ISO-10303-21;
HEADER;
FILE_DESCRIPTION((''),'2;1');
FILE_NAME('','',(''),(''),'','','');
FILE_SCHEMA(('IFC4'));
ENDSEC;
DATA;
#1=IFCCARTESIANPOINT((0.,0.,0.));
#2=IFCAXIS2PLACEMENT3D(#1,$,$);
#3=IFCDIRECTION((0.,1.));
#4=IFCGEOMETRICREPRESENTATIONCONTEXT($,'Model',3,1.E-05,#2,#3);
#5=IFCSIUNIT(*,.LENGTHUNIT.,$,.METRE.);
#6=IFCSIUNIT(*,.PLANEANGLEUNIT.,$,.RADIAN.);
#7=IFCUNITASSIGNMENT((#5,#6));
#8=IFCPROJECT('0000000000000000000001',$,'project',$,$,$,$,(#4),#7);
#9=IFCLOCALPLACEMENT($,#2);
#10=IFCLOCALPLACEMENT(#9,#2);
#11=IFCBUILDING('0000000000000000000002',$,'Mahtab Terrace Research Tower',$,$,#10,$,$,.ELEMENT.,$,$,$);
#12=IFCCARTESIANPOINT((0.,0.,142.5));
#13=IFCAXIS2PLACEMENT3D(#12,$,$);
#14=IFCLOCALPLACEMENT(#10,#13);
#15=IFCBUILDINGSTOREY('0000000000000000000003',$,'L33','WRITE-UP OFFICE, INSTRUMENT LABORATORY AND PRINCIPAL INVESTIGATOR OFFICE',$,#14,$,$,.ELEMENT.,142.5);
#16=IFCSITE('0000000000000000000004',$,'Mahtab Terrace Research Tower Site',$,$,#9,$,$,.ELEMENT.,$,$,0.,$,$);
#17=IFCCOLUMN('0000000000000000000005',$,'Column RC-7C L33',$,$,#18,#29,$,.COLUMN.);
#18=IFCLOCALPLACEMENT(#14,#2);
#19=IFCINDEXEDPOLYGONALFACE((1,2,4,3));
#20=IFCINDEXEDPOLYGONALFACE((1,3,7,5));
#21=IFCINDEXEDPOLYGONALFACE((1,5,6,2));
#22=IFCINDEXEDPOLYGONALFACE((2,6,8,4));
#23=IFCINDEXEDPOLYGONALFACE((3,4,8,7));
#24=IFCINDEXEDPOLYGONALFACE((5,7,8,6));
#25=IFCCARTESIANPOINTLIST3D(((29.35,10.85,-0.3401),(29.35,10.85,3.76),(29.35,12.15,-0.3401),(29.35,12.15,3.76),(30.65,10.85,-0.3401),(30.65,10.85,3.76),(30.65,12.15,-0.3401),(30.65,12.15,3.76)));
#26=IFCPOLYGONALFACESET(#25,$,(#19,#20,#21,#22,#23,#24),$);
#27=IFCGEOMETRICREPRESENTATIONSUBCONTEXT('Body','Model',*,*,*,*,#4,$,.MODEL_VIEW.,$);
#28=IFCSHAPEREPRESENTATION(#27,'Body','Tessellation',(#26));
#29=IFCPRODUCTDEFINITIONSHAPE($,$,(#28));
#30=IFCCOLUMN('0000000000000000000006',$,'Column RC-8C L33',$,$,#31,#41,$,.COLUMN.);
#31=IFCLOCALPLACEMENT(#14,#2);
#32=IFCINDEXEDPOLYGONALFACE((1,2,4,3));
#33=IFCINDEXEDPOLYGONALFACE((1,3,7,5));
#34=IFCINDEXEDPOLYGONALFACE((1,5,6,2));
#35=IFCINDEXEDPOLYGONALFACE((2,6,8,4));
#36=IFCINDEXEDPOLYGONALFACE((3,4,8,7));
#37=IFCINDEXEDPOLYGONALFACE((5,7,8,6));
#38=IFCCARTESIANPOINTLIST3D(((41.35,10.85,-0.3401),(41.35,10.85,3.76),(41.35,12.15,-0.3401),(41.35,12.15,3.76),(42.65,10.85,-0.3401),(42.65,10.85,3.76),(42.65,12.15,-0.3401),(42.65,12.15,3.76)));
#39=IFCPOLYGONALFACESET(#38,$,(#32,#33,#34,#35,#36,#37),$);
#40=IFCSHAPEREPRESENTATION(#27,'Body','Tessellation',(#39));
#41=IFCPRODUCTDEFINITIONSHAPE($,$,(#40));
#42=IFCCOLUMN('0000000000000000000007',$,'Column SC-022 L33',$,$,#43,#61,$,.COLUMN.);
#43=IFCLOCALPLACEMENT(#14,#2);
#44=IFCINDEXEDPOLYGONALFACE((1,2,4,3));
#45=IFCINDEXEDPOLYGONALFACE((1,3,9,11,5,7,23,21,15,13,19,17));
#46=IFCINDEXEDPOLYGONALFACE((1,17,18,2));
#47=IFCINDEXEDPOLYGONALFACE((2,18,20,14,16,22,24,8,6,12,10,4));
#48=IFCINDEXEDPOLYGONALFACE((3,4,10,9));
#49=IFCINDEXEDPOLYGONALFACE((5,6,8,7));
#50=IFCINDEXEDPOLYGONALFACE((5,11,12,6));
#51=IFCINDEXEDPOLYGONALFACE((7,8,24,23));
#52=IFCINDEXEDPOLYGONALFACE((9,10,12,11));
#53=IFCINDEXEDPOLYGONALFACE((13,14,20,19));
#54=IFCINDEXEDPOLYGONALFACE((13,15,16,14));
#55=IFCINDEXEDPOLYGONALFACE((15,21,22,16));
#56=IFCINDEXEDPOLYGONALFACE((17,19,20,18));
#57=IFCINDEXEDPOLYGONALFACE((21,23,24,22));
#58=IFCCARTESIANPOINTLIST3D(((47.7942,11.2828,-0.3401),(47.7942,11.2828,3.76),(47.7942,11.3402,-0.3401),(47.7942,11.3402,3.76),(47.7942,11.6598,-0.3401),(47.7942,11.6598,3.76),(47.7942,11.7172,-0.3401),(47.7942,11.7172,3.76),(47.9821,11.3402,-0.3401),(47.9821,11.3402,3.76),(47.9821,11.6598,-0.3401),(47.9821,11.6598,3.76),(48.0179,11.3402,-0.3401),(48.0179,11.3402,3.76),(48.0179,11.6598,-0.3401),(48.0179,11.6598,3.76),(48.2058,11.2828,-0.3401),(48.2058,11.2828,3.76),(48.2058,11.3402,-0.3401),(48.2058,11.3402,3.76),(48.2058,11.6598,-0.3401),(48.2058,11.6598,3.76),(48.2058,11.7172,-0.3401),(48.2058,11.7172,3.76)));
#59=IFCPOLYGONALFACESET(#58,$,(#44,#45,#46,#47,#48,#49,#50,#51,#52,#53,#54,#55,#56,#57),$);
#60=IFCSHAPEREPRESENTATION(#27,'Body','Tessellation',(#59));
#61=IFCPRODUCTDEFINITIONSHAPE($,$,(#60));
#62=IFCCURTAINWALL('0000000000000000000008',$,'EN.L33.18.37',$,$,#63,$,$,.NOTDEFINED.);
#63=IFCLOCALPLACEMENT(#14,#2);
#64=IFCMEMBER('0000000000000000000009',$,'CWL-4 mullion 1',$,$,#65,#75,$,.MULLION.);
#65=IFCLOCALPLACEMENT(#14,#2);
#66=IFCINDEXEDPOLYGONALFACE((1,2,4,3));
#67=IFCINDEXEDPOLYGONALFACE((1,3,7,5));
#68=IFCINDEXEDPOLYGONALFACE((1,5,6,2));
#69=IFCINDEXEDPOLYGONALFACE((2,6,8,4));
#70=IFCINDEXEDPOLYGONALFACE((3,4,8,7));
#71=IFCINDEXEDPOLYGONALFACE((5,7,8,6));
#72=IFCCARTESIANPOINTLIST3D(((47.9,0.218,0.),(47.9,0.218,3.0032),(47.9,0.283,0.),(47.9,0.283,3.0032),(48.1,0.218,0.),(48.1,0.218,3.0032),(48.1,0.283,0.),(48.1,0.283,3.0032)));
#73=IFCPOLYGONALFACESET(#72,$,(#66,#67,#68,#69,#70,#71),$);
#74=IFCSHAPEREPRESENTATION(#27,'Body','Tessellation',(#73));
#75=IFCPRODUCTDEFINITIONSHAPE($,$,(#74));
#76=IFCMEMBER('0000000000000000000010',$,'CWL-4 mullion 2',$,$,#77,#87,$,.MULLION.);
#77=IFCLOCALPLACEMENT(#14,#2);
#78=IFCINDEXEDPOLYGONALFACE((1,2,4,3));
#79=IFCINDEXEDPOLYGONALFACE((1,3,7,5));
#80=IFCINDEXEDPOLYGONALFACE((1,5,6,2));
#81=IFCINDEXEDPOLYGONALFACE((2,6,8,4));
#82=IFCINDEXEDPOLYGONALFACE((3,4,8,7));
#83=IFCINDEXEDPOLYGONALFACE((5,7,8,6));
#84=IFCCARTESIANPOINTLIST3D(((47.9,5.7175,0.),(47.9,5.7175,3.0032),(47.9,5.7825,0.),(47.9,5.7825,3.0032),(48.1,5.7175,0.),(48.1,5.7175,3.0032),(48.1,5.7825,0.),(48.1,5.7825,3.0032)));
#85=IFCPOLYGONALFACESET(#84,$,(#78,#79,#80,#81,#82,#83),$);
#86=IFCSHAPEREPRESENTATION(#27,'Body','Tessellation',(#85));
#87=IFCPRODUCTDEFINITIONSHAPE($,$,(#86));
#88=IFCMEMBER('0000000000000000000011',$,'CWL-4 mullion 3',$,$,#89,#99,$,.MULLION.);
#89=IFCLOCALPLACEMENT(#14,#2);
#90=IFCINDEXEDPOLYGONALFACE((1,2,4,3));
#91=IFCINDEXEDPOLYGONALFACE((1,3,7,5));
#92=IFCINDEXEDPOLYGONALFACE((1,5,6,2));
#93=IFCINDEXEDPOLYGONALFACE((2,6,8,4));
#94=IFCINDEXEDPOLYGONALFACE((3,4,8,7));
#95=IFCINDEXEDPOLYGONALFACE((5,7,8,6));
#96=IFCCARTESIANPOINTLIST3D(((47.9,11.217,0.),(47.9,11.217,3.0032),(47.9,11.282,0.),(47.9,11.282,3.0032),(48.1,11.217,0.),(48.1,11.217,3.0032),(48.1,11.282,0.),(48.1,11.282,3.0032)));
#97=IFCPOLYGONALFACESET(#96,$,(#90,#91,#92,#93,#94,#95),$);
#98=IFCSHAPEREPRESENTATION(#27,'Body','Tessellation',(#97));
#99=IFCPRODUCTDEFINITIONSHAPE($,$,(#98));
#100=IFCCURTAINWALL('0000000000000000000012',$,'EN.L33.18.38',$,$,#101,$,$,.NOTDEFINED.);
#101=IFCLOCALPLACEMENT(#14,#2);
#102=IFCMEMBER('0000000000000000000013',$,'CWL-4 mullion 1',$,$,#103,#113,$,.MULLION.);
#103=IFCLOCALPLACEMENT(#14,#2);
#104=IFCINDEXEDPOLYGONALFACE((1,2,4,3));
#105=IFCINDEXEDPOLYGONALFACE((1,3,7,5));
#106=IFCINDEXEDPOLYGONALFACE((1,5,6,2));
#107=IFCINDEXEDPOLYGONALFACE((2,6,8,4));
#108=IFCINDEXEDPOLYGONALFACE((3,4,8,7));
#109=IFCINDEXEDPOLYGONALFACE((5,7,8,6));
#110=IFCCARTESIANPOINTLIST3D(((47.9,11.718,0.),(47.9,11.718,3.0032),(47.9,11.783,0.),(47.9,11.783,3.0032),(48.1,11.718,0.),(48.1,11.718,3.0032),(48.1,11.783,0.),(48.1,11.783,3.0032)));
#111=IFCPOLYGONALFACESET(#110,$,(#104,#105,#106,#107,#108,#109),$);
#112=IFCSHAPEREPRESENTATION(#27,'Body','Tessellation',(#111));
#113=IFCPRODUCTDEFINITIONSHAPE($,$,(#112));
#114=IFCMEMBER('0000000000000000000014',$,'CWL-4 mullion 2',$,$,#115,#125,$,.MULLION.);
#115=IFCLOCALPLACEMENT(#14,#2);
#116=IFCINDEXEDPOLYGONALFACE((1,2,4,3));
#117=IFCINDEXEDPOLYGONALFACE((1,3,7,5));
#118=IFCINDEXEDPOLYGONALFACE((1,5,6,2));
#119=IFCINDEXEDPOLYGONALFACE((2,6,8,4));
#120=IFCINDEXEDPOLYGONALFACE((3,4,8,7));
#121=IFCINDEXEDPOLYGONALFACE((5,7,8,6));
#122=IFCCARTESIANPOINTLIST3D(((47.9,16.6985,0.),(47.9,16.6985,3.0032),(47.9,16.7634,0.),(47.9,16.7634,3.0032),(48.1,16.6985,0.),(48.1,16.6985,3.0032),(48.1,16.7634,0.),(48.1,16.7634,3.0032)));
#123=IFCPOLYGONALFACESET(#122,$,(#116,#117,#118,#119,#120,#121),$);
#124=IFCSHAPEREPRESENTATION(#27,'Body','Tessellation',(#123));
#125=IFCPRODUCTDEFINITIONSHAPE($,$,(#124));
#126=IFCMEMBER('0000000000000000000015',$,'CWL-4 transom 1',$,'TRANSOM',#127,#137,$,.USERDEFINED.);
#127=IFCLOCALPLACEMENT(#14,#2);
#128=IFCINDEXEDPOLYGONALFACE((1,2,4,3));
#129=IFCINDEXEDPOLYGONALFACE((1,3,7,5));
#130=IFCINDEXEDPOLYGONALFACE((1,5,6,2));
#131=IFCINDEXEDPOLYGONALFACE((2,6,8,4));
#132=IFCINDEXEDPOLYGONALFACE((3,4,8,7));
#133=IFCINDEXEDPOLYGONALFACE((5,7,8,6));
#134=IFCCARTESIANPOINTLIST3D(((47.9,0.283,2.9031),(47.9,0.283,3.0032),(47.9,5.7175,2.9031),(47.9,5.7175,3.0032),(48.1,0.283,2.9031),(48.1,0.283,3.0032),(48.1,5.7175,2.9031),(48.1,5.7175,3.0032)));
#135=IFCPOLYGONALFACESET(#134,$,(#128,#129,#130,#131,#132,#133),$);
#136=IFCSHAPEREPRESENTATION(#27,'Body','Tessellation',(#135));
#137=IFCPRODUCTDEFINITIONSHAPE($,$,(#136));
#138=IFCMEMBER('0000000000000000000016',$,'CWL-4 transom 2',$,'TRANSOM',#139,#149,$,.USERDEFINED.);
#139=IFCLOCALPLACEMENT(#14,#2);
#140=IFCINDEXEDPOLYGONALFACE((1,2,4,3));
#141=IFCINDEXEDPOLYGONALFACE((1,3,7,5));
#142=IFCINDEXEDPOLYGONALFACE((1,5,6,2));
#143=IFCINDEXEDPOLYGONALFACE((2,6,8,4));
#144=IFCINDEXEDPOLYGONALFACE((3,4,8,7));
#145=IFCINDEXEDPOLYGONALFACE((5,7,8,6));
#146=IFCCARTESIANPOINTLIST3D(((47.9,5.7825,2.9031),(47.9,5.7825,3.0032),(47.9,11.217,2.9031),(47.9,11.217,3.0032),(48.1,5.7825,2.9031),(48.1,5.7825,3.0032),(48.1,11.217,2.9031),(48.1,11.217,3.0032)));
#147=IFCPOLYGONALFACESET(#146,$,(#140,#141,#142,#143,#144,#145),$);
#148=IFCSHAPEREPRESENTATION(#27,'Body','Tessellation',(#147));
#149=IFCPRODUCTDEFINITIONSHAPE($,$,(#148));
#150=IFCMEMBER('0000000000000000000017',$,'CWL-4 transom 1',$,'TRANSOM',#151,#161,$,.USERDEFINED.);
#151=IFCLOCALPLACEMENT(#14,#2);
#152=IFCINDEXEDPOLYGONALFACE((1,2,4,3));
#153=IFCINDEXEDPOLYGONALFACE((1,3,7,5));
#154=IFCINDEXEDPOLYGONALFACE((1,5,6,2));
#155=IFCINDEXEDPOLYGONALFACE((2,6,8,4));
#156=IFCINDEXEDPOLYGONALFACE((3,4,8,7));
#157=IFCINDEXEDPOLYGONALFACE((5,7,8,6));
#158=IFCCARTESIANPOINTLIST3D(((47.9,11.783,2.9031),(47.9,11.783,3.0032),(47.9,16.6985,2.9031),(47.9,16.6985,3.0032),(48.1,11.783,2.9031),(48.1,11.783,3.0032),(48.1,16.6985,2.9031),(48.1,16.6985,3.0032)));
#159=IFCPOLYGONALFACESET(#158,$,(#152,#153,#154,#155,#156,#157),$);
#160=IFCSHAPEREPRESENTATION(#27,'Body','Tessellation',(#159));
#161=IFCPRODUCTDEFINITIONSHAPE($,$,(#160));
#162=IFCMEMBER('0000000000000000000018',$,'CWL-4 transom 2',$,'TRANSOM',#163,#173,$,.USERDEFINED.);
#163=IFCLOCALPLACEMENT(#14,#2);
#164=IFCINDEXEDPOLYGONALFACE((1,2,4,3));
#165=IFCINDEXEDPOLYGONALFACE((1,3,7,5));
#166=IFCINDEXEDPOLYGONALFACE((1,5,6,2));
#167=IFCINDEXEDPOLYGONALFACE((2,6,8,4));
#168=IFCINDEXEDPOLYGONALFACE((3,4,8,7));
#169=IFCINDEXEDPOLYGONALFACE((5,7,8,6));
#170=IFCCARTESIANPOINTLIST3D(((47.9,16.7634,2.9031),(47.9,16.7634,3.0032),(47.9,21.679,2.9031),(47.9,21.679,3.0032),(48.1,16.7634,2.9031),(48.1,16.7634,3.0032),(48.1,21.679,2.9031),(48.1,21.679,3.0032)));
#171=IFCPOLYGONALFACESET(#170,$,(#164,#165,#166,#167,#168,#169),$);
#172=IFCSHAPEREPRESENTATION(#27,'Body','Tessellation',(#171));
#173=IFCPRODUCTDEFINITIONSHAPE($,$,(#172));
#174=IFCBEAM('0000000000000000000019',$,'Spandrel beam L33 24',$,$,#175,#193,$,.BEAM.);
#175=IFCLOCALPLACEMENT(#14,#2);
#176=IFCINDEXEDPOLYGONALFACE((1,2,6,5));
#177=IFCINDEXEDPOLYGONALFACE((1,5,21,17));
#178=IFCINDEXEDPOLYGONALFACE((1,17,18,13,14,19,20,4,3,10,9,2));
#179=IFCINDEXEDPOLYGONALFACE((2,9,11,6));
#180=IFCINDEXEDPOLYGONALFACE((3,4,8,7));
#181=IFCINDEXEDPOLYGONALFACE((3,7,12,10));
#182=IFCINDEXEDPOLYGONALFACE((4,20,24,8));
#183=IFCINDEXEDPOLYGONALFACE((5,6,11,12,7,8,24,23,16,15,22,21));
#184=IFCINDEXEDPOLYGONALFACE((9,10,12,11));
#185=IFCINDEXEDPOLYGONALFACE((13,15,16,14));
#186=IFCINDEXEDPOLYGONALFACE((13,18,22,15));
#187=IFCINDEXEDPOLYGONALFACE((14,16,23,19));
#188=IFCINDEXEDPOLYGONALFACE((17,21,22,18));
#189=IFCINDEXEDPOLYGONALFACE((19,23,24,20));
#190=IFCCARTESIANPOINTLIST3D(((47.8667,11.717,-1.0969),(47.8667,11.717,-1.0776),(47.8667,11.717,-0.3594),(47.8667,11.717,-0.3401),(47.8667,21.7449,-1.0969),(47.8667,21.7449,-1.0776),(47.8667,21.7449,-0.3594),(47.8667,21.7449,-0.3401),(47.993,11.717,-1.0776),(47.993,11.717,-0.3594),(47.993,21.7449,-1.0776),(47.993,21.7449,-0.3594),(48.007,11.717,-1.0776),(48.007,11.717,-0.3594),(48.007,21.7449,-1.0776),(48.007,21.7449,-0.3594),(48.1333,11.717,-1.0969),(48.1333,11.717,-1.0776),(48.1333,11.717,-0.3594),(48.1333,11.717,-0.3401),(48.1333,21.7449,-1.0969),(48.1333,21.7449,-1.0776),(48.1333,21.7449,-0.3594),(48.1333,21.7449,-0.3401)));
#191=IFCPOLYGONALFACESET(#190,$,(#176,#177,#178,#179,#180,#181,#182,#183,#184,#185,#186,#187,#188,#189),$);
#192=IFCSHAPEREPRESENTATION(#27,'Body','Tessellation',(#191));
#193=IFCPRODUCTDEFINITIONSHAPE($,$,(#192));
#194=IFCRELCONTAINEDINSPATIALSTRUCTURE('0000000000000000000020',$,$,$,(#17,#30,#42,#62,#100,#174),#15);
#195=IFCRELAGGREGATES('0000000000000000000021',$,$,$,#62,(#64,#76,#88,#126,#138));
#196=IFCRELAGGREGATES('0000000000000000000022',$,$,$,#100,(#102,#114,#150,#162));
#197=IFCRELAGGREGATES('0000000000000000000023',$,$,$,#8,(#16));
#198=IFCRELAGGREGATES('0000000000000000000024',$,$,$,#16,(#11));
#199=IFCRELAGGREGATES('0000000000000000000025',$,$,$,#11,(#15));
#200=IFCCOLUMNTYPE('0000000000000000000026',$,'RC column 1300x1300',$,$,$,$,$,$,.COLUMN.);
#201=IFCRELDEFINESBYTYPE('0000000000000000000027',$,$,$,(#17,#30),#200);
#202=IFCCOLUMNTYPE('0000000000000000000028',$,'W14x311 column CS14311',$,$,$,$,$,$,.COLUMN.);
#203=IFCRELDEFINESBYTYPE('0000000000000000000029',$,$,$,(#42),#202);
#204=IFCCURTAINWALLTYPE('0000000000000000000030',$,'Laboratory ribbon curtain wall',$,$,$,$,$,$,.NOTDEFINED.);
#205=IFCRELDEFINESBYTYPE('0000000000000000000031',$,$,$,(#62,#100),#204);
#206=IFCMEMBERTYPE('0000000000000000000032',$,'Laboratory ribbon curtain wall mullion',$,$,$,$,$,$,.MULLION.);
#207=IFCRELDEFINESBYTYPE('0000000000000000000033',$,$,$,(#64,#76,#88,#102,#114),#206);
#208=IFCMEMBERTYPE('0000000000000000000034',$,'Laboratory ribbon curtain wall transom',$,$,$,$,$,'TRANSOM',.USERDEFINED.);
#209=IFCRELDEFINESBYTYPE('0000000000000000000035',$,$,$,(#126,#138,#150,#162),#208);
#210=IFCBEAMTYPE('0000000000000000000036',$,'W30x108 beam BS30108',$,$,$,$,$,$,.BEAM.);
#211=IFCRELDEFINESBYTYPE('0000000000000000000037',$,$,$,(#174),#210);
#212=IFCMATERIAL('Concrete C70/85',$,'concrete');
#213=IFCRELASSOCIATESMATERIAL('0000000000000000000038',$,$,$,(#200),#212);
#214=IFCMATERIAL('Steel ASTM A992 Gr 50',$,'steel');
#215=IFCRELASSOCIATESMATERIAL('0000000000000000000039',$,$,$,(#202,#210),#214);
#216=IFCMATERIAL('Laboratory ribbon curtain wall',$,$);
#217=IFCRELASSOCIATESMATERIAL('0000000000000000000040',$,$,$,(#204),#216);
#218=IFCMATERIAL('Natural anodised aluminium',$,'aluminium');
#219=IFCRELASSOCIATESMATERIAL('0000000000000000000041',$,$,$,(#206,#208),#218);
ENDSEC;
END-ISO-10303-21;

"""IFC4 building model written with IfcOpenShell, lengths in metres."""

from ifc_helpers import new_model, si_unit, direction, frame, origin, origin_2d, place, context, subcontext, project, spatial, rectangle, i_section, extrude, material, material_profile, profile_set, type_object, element, aggregate, save


model = new_model("IFC4")

# Units and contexts
model_context = context("Model", 3, precision=1e-05, world=origin(), true_north=direction((0.0, 1.0)))
body_context = subcontext(model_context, "Body", "Model", "MODEL_VIEW")
ifc_project = project(units=[si_unit("LENGTHUNIT", "METRE"), si_unit("PLANEANGLEUNIT", "RADIAN")], contexts=[model_context])

# Site, building, storey
site_placement = place(None, origin())
site = spatial("IfcSite", under=ifc_project, at=site_placement, Name="Mahtab Terrace Research Tower Site", CompositionType="ELEMENT", RefElevation=0.0)
building_placement = place(site_placement, origin())
building = spatial("IfcBuilding", under=site, at=building_placement, Name="Mahtab Terrace Research Tower", CompositionType="ELEMENT")
storey_placement = place(building_placement, frame((0.0, 0.0, 142.5)))
storey = spatial("IfcBuildingStorey", under=building, at=storey_placement, Name="L33", Description="WRITE-UP OFFICE, INSTRUMENT LABORATORY AND PRINCIPAL INVESTIGATOR OFFICE", CompositionType="ELEMENT", Elevation=142.5)

# Columns
ifc_material_1 = material(Name="Concrete C70/85", Category="concrete")
ifc_material_profile_1 = material_profile(ifc_material_1, rectangle(XDim=1.3, YDim=1.3, at=origin_2d()), Name="RC column 1300x1300")
ifc_profile_set_1 = profile_set([ifc_material_profile_1], Name="Concrete C70/85")
column_type_1 = type_object("IfcColumnType", Name="RC column 1300x1300", PredefinedType="COLUMN", material=ifc_profile_set_1)
for number, where, z_axis, x_axis, name in (
    (1, (30.0, 11.5, -0.3401), (0.0, 0.0, 1.0), (1.0, 0.0, 0.0), "Column RC-7C L33"),
    (2, (42.0, 11.5, -0.3401), (0.0, 0.0, 1.0), (1.0, 0.0, 0.0), "Column RC-8C L33"),
):
    element("IfcColumn", number, at=place(storey_placement, frame(where, z_axis=z_axis, x_axis=x_axis)), inside=storey, type_object=column_type_1, Name=name, PredefinedType="COLUMN", context=body_context, shape_type="SweptSolid", body=[
        extrude(rectangle(XDim=1.3, YDim=1.3, at=origin_2d()), origin(), (0.0, 0.0, 1.0), 4.1001),
    ])
ifc_material_2 = material(Name="Steel ASTM A992 Gr 50", Category="steel")
ifc_material_profile_2 = material_profile(ifc_material_2, i_section(OverallWidth=0.4116, OverallDepth=0.4343, WebThickness=0.0359, FlangeThickness=0.0574, at=origin_2d()), Name="W14X311")
ifc_profile_set_2 = profile_set([ifc_material_profile_2], Name="Steel ASTM A992 Gr 50")
column_type_2 = type_object("IfcColumnType", Name="W14x311 column CS14311", PredefinedType="COLUMN", material=ifc_profile_set_2)
column_placement = place(storey_placement, frame((48.0, 11.5, -0.3401), z_axis=(0.0, 0.0, 1.0), x_axis=(1.0, 0.0, 0.0)))
element("IfcColumn", 3, at=column_placement, inside=storey, type_object=column_type_2, Name="Column SC-022 L33", PredefinedType="COLUMN", context=body_context, shape_type="SweptSolid", body=[
    extrude(i_section(OverallWidth=0.4116, OverallDepth=0.4343, WebThickness=0.0359, FlangeThickness=0.0574, at=origin_2d()), origin(), (0.0, 0.0, 1.0), 4.1001),
])

# Curtain walls, members
ifc_material_3 = material(Name="Laboratory ribbon curtain wall")
curtain_wall_type = type_object("IfcCurtainWallType", Name="Laboratory ribbon curtain wall", PredefinedType="NOTDEFINED", material=ifc_material_3)
curtain_wall_1_placement = place(storey_placement, origin())
curtain_wall_1 = element("IfcCurtainWall", 4, at=curtain_wall_1_placement, inside=storey, type_object=curtain_wall_type, Name="EN.L33.18.37", PredefinedType="NOTDEFINED")
ifc_material_4 = material(Name="Natural anodised aluminium", Category="aluminium")
ifc_material_profile_3 = material_profile(ifc_material_4, rectangle(XDim=0.2, YDim=0.0649, at=origin_2d()), Name="MULLION 65x200")
ifc_profile_set_3 = profile_set([ifc_material_profile_3], Name="Natural anodised aluminium")
member_type_1 = type_object("IfcMemberType", Name="Laboratory ribbon curtain wall mullion", PredefinedType="MULLION", material=ifc_profile_set_3)
member_1_placement = place(storey_placement, frame((48.0, 0.2505, 0.0), z_axis=(0.0, 0.0, 1.0), x_axis=(-1.0, 0.0, 0.0)))
member_1 = element("IfcMember", 5, at=member_1_placement, type_object=member_type_1, Name="CWL-4 mullion 1", PredefinedType="MULLION", context=body_context, shape_type="SweptSolid", body=[
    extrude(rectangle(XDim=0.2, YDim=0.0649, at=origin_2d()), origin(), (0.0, 0.0, 1.0), 3.0032),
])
member_2_placement = place(storey_placement, frame((48.0, 5.75, 0.0), z_axis=(0.0, 0.0, 1.0), x_axis=(-1.0, 0.0, 0.0)))
member_2 = element("IfcMember", 6, at=member_2_placement, type_object=member_type_1, Name="CWL-4 mullion 2", PredefinedType="MULLION", context=body_context, shape_type="SweptSolid", body=[
    extrude(rectangle(XDim=0.2, YDim=0.0649, at=origin_2d()), origin(), (0.0, 0.0, 1.0), 3.0032),
])
member_3_placement = place(storey_placement, frame((48.0, 11.2495, 0.0), z_axis=(0.0, 0.0, 1.0), x_axis=(-1.0, 0.0, 0.0)))
member_3 = element("IfcMember", 7, at=member_3_placement, type_object=member_type_1, Name="CWL-4 mullion 3", PredefinedType="MULLION", context=body_context, shape_type="SweptSolid", body=[
    extrude(rectangle(XDim=0.2, YDim=0.0649, at=origin_2d()), origin(), (0.0, 0.0, 1.0), 3.0032),
])
curtain_wall_2_placement = place(storey_placement, origin())
curtain_wall_2 = element("IfcCurtainWall", 8, at=curtain_wall_2_placement, inside=storey, type_object=curtain_wall_type, Name="EN.L33.18.38", PredefinedType="NOTDEFINED")
member_4_placement = place(storey_placement, frame((48.0, 11.7505, 0.0), z_axis=(0.0, 0.0, 1.0), x_axis=(-1.0, 0.0, 0.0)))
member_4 = element("IfcMember", 9, at=member_4_placement, type_object=member_type_1, Name="CWL-4 mullion 1", PredefinedType="MULLION", context=body_context, shape_type="SweptSolid", body=[
    extrude(rectangle(XDim=0.2, YDim=0.0649, at=origin_2d()), origin(), (0.0, 0.0, 1.0), 3.0032),
])
member_5_placement = place(storey_placement, frame((48.0, 16.731, 0.0), z_axis=(0.0, 0.0, 1.0), x_axis=(-1.0, 0.0, 0.0)))
member_5 = element("IfcMember", 10, at=member_5_placement, type_object=member_type_1, Name="CWL-4 mullion 2", PredefinedType="MULLION", context=body_context, shape_type="SweptSolid", body=[
    extrude(rectangle(XDim=0.2, YDim=0.0649, at=origin_2d()), origin(), (0.0, 0.0, 1.0), 3.0032),
])

# Members
ifc_material_profile_4 = material_profile(ifc_material_4, rectangle(XDim=0.2, YDim=0.1001, at=origin_2d()), Name="TRANSOM 100x200")
ifc_profile_set_4 = profile_set([ifc_material_profile_4], Name="Natural anodised aluminium")
member_type_2 = type_object("IfcMemberType", Name="Laboratory ribbon curtain wall transom", ElementType="TRANSOM", PredefinedType="USERDEFINED", material=ifc_profile_set_4)
member_6_placement = place(storey_placement, frame((48.0, 0.283, 2.9531), z_axis=(0.0, 1.0, 0.0), x_axis=(-1.0, 0.0, 0.0)))
member_6 = element("IfcMember", 11, at=member_6_placement, type_object=member_type_2, Name="CWL-4 transom 1", ObjectType="TRANSOM", PredefinedType="USERDEFINED", context=body_context, shape_type="SweptSolid", body=[
    extrude(rectangle(XDim=0.2, YDim=0.1001, at=origin_2d()), origin(), (0.0, 0.0, 1.0), 5.4346),
])
member_7_placement = place(storey_placement, frame((48.0, 5.7825, 2.9531), z_axis=(0.0, 1.0, 0.0), x_axis=(-1.0, 0.0, 0.0)))
member_7 = element("IfcMember", 12, at=member_7_placement, type_object=member_type_2, Name="CWL-4 transom 2", ObjectType="TRANSOM", PredefinedType="USERDEFINED", context=body_context, shape_type="SweptSolid", body=[
    extrude(rectangle(XDim=0.2, YDim=0.1001, at=origin_2d()), origin(), (0.0, 0.0, 1.0), 5.4346),
])
member_8_placement = place(storey_placement, frame((48.0, 11.783, 2.9531), z_axis=(0.0, 1.0, 0.0), x_axis=(-1.0, 0.0, 0.0)))
member_8 = element("IfcMember", 13, at=member_8_placement, type_object=member_type_2, Name="CWL-4 transom 1", ObjectType="TRANSOM", PredefinedType="USERDEFINED", context=body_context, shape_type="SweptSolid", body=[
    extrude(rectangle(XDim=0.2, YDim=0.1001, at=origin_2d()), origin(), (0.0, 0.0, 1.0), 4.9155),
])
member_9_placement = place(storey_placement, frame((48.0, 16.7634, 2.9531), z_axis=(0.0, 1.0, 0.0), x_axis=(-1.0, 0.0, 0.0)))
member_9 = element("IfcMember", 14, at=member_9_placement, type_object=member_type_2, Name="CWL-4 transom 2", ObjectType="TRANSOM", PredefinedType="USERDEFINED", context=body_context, shape_type="SweptSolid", body=[
    extrude(rectangle(XDim=0.2, YDim=0.1001, at=origin_2d()), origin(), (0.0, 0.0, 1.0), 4.9155),
])

# Beam
ifc_material_profile_5 = material_profile(ifc_material_2, i_section(OverallWidth=0.2666, OverallDepth=0.7568, WebThickness=0.0139, FlangeThickness=0.0193, at=origin_2d()), Name="W30X108")
ifc_profile_set_5 = profile_set([ifc_material_profile_5], Name="Steel ASTM A992 Gr 50")
beam_type = type_object("IfcBeamType", Name="W30x108 beam BS30108", PredefinedType="BEAM", material=ifc_profile_set_5)
beam_placement = place(storey_placement, frame((48.0, 11.717, -0.7185), z_axis=(0.0, 1.0, 0.0), x_axis=(-1.0, 0.0, 0.0)))
element("IfcBeam", 15, at=beam_placement, inside=storey, type_object=beam_type, Name="Spandrel beam L33 24", PredefinedType="BEAM", context=body_context, shape_type="SweptSolid", body=[
    extrude(i_section(OverallWidth=0.2666, OverallDepth=0.7568, WebThickness=0.0139, FlangeThickness=0.0193, at=origin_2d()), origin(), (0.0, 0.0, 1.0), 10.0278),
])

aggregate(curtain_wall_1, [member_1, member_2, member_3, member_6, member_7])
aggregate(curtain_wall_2, [member_4, member_5, member_8, member_9])

save(model, "model.ifc")
